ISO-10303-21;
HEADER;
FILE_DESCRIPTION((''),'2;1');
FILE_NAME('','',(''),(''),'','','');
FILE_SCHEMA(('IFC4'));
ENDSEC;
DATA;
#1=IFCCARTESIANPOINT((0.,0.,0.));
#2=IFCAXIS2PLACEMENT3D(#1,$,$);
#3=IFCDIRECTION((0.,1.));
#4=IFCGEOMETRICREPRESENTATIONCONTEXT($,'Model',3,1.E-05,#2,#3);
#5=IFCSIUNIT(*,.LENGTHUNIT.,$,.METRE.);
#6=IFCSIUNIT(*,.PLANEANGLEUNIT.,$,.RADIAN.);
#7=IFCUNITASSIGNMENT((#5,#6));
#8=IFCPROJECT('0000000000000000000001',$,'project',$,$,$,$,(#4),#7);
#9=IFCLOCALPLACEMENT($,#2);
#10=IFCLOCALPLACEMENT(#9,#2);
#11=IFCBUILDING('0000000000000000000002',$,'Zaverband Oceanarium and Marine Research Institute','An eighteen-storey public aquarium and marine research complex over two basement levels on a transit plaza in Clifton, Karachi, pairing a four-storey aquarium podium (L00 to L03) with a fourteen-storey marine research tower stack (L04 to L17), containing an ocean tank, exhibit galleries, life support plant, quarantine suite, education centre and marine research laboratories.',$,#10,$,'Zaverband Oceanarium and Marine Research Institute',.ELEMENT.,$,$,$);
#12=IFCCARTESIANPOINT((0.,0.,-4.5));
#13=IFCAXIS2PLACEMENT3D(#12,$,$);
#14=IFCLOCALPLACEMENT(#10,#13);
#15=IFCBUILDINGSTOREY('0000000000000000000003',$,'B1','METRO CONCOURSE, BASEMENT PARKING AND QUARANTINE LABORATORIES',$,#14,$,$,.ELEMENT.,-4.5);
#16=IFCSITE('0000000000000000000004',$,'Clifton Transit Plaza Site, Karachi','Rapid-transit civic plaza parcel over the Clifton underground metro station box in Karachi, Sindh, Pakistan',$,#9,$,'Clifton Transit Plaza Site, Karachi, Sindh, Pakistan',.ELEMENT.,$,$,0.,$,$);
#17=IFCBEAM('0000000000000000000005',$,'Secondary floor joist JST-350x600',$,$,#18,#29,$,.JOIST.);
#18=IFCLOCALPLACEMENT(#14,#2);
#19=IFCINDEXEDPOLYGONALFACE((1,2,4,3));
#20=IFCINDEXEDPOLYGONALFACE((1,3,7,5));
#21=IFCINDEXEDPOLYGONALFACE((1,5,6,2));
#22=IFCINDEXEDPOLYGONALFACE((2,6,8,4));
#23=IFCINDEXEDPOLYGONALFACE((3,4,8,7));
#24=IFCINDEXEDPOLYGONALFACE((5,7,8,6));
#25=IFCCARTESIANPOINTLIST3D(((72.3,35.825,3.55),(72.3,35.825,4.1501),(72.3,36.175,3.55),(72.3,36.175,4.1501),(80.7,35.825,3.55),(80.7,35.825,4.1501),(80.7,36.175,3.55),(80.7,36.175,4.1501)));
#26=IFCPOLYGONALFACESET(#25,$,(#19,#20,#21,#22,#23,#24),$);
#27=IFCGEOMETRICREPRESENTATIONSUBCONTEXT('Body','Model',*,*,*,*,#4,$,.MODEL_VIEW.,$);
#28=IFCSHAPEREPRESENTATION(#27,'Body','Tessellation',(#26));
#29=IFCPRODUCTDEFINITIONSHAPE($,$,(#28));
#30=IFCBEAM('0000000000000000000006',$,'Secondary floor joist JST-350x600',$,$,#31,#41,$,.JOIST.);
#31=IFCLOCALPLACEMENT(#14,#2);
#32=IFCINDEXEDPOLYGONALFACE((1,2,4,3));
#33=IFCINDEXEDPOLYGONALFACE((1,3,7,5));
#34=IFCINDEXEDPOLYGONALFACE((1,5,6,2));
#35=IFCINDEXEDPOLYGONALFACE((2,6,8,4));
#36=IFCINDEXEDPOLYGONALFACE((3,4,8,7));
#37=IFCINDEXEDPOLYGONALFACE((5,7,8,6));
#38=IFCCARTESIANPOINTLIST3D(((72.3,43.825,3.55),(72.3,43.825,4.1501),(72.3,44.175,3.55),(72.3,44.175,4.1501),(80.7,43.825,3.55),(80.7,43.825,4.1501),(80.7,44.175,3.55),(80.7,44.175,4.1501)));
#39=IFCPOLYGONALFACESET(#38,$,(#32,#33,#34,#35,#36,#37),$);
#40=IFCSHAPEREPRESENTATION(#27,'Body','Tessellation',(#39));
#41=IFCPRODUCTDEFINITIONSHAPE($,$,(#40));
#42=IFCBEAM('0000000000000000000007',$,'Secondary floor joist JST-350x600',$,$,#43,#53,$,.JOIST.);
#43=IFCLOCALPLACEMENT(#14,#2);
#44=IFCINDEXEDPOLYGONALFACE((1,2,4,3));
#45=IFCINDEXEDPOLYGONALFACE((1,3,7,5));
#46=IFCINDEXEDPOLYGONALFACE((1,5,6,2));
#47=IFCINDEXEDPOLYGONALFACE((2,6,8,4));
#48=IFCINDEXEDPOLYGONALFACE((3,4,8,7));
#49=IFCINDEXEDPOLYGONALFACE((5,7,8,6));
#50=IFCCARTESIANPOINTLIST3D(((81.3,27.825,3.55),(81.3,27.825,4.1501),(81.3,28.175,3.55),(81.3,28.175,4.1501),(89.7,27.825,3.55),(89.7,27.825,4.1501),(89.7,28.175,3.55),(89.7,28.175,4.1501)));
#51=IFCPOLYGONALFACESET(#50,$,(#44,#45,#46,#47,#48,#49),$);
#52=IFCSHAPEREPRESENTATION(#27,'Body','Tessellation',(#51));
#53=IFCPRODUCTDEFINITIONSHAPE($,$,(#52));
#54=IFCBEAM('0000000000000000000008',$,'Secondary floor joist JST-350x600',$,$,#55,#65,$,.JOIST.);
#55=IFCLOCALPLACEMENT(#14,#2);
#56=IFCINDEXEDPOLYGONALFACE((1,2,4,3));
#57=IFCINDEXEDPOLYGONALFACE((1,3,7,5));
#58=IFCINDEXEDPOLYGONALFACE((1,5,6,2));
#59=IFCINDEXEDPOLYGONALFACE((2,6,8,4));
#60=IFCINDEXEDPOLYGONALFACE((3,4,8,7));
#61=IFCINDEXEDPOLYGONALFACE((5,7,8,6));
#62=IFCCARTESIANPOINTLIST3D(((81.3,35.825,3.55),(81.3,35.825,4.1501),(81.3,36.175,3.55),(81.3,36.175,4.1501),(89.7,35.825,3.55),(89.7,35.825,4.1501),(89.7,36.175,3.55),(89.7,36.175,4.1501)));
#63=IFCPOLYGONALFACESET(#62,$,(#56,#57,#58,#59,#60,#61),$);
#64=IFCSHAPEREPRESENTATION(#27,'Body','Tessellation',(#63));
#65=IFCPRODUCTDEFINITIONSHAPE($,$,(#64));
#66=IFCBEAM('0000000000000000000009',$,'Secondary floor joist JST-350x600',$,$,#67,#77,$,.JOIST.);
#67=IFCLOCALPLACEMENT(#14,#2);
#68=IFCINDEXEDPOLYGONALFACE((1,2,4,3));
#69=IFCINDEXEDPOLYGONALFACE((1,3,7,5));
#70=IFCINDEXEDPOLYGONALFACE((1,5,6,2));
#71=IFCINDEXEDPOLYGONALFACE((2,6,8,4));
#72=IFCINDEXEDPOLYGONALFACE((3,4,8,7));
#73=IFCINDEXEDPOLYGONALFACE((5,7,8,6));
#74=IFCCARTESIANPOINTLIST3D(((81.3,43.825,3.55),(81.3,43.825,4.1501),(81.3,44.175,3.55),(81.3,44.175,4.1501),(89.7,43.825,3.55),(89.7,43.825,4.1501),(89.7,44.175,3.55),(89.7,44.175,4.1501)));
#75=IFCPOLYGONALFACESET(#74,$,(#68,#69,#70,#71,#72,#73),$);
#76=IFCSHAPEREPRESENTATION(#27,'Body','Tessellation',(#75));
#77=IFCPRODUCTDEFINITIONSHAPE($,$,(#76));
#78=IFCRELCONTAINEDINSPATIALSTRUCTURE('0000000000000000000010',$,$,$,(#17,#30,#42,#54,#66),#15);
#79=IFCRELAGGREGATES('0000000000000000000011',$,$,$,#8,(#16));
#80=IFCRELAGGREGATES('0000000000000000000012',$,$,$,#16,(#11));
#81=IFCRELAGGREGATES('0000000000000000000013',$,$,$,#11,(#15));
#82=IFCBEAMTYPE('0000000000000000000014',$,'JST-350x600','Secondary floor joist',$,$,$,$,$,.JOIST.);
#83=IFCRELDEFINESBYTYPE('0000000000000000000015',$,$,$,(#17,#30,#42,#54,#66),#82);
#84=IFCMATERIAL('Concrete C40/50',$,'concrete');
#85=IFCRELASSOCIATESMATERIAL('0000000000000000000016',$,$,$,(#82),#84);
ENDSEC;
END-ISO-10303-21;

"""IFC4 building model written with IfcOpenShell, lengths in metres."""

from ifc_helpers import new_model, si_unit, direction, frame, origin, origin_2d, place, context, subcontext, project, spatial, rectangle, extrude, material, material_profile, profile_set, type_object, element, save


model = new_model("IFC4")

# Units and contexts
model_context = context("Model", 3, precision=1e-05, world=origin(), true_north=direction((0.0, 1.0)))
body_context = subcontext(model_context, "Body", "Model", "MODEL_VIEW")
ifc_project = project(units=[si_unit("LENGTHUNIT", "METRE"), si_unit("PLANEANGLEUNIT", "RADIAN")], contexts=[model_context])

# Site, building, storey
site_placement = place(None, origin())
site = spatial("IfcSite", under=ifc_project, at=site_placement, Name="Clifton Transit Plaza Site, Karachi", Description="Rapid-transit civic plaza parcel over the Clifton underground metro station box in Karachi, Sindh, Pakistan", LongName="Clifton Transit Plaza Site, Karachi, Sindh, Pakistan", CompositionType="ELEMENT", RefElevation=0.0)
building_placement = place(site_placement, origin())
building = spatial("IfcBuilding", under=site, at=building_placement, Name="Zaverband Oceanarium and Marine Research Institute", Description="An eighteen-storey public aquarium and marine research complex over two basement levels on a transit plaza in Clifton, Karachi, pairing a four-storey aquarium podium (L00 to L03) with a fourteen-storey marine research tower stack (L04 to L17), containing an ocean tank, exhibit galleries, life support plant, quarantine suite, education centre and marine research laboratories.", LongName="Zaverband Oceanarium and Marine Research Institute", CompositionType="ELEMENT")
storey_placement = place(building_placement, frame((0.0, 0.0, -4.5)))
storey = spatial("IfcBuildingStorey", under=building, at=storey_placement, Name="B1", Description="METRO CONCOURSE, BASEMENT PARKING AND QUARANTINE LABORATORIES", CompositionType="ELEMENT", Elevation=-4.5)

# Beams
ifc_material_1 = material(Name="Concrete C40/50", Category="concrete")
ifc_material_profile_1 = material_profile(ifc_material_1, rectangle(XDim=0.3501, YDim=0.6001, at=origin_2d()), Name="RC350x600")
ifc_profile_set_1 = profile_set([ifc_material_profile_1], Name="Concrete C40/50")
beam_type_1 = type_object("IfcBeamType", Name="JST-350x600", Description="Secondary floor joist", PredefinedType="JOIST", material=ifc_profile_set_1)
for number, where, z_axis, x_axis, name in (
    (1, (72.3, 36.0, 3.8501), (1.0, 0.0, 0.0), (0.0, 1.0, 0.0), "Secondary floor joist JST-350x600"),
    (2, (72.3, 44.0, 3.8501), (1.0, 0.0, 0.0), (0.0, 1.0, 0.0), "Secondary floor joist JST-350x600"),
    (3, (81.3, 28.0, 3.8501), (1.0, 0.0, 0.0), (0.0, 1.0, 0.0), "Secondary floor joist JST-350x600"),
    (4, (81.3, 36.0, 3.8501), (1.0, 0.0, 0.0), (0.0, 1.0, 0.0), "Secondary floor joist JST-350x600"),
    (5, (81.3, 44.0, 3.8501), (1.0, 0.0, 0.0), (0.0, 1.0, 0.0), "Secondary floor joist JST-350x600"),
):
    element("IfcBeam", number, at=place(storey_placement, frame(where, z_axis=z_axis, x_axis=x_axis)), inside=storey, type_object=beam_type_1, Name=name, PredefinedType="JOIST", context=body_context, shape_type="SweptSolid", body=[
        extrude(rectangle(XDim=0.3501, YDim=0.6001, at=origin_2d()), origin(), (0.0, 0.0, 1.0), 8.3999),
    ])

save(model, "model.ifc")
